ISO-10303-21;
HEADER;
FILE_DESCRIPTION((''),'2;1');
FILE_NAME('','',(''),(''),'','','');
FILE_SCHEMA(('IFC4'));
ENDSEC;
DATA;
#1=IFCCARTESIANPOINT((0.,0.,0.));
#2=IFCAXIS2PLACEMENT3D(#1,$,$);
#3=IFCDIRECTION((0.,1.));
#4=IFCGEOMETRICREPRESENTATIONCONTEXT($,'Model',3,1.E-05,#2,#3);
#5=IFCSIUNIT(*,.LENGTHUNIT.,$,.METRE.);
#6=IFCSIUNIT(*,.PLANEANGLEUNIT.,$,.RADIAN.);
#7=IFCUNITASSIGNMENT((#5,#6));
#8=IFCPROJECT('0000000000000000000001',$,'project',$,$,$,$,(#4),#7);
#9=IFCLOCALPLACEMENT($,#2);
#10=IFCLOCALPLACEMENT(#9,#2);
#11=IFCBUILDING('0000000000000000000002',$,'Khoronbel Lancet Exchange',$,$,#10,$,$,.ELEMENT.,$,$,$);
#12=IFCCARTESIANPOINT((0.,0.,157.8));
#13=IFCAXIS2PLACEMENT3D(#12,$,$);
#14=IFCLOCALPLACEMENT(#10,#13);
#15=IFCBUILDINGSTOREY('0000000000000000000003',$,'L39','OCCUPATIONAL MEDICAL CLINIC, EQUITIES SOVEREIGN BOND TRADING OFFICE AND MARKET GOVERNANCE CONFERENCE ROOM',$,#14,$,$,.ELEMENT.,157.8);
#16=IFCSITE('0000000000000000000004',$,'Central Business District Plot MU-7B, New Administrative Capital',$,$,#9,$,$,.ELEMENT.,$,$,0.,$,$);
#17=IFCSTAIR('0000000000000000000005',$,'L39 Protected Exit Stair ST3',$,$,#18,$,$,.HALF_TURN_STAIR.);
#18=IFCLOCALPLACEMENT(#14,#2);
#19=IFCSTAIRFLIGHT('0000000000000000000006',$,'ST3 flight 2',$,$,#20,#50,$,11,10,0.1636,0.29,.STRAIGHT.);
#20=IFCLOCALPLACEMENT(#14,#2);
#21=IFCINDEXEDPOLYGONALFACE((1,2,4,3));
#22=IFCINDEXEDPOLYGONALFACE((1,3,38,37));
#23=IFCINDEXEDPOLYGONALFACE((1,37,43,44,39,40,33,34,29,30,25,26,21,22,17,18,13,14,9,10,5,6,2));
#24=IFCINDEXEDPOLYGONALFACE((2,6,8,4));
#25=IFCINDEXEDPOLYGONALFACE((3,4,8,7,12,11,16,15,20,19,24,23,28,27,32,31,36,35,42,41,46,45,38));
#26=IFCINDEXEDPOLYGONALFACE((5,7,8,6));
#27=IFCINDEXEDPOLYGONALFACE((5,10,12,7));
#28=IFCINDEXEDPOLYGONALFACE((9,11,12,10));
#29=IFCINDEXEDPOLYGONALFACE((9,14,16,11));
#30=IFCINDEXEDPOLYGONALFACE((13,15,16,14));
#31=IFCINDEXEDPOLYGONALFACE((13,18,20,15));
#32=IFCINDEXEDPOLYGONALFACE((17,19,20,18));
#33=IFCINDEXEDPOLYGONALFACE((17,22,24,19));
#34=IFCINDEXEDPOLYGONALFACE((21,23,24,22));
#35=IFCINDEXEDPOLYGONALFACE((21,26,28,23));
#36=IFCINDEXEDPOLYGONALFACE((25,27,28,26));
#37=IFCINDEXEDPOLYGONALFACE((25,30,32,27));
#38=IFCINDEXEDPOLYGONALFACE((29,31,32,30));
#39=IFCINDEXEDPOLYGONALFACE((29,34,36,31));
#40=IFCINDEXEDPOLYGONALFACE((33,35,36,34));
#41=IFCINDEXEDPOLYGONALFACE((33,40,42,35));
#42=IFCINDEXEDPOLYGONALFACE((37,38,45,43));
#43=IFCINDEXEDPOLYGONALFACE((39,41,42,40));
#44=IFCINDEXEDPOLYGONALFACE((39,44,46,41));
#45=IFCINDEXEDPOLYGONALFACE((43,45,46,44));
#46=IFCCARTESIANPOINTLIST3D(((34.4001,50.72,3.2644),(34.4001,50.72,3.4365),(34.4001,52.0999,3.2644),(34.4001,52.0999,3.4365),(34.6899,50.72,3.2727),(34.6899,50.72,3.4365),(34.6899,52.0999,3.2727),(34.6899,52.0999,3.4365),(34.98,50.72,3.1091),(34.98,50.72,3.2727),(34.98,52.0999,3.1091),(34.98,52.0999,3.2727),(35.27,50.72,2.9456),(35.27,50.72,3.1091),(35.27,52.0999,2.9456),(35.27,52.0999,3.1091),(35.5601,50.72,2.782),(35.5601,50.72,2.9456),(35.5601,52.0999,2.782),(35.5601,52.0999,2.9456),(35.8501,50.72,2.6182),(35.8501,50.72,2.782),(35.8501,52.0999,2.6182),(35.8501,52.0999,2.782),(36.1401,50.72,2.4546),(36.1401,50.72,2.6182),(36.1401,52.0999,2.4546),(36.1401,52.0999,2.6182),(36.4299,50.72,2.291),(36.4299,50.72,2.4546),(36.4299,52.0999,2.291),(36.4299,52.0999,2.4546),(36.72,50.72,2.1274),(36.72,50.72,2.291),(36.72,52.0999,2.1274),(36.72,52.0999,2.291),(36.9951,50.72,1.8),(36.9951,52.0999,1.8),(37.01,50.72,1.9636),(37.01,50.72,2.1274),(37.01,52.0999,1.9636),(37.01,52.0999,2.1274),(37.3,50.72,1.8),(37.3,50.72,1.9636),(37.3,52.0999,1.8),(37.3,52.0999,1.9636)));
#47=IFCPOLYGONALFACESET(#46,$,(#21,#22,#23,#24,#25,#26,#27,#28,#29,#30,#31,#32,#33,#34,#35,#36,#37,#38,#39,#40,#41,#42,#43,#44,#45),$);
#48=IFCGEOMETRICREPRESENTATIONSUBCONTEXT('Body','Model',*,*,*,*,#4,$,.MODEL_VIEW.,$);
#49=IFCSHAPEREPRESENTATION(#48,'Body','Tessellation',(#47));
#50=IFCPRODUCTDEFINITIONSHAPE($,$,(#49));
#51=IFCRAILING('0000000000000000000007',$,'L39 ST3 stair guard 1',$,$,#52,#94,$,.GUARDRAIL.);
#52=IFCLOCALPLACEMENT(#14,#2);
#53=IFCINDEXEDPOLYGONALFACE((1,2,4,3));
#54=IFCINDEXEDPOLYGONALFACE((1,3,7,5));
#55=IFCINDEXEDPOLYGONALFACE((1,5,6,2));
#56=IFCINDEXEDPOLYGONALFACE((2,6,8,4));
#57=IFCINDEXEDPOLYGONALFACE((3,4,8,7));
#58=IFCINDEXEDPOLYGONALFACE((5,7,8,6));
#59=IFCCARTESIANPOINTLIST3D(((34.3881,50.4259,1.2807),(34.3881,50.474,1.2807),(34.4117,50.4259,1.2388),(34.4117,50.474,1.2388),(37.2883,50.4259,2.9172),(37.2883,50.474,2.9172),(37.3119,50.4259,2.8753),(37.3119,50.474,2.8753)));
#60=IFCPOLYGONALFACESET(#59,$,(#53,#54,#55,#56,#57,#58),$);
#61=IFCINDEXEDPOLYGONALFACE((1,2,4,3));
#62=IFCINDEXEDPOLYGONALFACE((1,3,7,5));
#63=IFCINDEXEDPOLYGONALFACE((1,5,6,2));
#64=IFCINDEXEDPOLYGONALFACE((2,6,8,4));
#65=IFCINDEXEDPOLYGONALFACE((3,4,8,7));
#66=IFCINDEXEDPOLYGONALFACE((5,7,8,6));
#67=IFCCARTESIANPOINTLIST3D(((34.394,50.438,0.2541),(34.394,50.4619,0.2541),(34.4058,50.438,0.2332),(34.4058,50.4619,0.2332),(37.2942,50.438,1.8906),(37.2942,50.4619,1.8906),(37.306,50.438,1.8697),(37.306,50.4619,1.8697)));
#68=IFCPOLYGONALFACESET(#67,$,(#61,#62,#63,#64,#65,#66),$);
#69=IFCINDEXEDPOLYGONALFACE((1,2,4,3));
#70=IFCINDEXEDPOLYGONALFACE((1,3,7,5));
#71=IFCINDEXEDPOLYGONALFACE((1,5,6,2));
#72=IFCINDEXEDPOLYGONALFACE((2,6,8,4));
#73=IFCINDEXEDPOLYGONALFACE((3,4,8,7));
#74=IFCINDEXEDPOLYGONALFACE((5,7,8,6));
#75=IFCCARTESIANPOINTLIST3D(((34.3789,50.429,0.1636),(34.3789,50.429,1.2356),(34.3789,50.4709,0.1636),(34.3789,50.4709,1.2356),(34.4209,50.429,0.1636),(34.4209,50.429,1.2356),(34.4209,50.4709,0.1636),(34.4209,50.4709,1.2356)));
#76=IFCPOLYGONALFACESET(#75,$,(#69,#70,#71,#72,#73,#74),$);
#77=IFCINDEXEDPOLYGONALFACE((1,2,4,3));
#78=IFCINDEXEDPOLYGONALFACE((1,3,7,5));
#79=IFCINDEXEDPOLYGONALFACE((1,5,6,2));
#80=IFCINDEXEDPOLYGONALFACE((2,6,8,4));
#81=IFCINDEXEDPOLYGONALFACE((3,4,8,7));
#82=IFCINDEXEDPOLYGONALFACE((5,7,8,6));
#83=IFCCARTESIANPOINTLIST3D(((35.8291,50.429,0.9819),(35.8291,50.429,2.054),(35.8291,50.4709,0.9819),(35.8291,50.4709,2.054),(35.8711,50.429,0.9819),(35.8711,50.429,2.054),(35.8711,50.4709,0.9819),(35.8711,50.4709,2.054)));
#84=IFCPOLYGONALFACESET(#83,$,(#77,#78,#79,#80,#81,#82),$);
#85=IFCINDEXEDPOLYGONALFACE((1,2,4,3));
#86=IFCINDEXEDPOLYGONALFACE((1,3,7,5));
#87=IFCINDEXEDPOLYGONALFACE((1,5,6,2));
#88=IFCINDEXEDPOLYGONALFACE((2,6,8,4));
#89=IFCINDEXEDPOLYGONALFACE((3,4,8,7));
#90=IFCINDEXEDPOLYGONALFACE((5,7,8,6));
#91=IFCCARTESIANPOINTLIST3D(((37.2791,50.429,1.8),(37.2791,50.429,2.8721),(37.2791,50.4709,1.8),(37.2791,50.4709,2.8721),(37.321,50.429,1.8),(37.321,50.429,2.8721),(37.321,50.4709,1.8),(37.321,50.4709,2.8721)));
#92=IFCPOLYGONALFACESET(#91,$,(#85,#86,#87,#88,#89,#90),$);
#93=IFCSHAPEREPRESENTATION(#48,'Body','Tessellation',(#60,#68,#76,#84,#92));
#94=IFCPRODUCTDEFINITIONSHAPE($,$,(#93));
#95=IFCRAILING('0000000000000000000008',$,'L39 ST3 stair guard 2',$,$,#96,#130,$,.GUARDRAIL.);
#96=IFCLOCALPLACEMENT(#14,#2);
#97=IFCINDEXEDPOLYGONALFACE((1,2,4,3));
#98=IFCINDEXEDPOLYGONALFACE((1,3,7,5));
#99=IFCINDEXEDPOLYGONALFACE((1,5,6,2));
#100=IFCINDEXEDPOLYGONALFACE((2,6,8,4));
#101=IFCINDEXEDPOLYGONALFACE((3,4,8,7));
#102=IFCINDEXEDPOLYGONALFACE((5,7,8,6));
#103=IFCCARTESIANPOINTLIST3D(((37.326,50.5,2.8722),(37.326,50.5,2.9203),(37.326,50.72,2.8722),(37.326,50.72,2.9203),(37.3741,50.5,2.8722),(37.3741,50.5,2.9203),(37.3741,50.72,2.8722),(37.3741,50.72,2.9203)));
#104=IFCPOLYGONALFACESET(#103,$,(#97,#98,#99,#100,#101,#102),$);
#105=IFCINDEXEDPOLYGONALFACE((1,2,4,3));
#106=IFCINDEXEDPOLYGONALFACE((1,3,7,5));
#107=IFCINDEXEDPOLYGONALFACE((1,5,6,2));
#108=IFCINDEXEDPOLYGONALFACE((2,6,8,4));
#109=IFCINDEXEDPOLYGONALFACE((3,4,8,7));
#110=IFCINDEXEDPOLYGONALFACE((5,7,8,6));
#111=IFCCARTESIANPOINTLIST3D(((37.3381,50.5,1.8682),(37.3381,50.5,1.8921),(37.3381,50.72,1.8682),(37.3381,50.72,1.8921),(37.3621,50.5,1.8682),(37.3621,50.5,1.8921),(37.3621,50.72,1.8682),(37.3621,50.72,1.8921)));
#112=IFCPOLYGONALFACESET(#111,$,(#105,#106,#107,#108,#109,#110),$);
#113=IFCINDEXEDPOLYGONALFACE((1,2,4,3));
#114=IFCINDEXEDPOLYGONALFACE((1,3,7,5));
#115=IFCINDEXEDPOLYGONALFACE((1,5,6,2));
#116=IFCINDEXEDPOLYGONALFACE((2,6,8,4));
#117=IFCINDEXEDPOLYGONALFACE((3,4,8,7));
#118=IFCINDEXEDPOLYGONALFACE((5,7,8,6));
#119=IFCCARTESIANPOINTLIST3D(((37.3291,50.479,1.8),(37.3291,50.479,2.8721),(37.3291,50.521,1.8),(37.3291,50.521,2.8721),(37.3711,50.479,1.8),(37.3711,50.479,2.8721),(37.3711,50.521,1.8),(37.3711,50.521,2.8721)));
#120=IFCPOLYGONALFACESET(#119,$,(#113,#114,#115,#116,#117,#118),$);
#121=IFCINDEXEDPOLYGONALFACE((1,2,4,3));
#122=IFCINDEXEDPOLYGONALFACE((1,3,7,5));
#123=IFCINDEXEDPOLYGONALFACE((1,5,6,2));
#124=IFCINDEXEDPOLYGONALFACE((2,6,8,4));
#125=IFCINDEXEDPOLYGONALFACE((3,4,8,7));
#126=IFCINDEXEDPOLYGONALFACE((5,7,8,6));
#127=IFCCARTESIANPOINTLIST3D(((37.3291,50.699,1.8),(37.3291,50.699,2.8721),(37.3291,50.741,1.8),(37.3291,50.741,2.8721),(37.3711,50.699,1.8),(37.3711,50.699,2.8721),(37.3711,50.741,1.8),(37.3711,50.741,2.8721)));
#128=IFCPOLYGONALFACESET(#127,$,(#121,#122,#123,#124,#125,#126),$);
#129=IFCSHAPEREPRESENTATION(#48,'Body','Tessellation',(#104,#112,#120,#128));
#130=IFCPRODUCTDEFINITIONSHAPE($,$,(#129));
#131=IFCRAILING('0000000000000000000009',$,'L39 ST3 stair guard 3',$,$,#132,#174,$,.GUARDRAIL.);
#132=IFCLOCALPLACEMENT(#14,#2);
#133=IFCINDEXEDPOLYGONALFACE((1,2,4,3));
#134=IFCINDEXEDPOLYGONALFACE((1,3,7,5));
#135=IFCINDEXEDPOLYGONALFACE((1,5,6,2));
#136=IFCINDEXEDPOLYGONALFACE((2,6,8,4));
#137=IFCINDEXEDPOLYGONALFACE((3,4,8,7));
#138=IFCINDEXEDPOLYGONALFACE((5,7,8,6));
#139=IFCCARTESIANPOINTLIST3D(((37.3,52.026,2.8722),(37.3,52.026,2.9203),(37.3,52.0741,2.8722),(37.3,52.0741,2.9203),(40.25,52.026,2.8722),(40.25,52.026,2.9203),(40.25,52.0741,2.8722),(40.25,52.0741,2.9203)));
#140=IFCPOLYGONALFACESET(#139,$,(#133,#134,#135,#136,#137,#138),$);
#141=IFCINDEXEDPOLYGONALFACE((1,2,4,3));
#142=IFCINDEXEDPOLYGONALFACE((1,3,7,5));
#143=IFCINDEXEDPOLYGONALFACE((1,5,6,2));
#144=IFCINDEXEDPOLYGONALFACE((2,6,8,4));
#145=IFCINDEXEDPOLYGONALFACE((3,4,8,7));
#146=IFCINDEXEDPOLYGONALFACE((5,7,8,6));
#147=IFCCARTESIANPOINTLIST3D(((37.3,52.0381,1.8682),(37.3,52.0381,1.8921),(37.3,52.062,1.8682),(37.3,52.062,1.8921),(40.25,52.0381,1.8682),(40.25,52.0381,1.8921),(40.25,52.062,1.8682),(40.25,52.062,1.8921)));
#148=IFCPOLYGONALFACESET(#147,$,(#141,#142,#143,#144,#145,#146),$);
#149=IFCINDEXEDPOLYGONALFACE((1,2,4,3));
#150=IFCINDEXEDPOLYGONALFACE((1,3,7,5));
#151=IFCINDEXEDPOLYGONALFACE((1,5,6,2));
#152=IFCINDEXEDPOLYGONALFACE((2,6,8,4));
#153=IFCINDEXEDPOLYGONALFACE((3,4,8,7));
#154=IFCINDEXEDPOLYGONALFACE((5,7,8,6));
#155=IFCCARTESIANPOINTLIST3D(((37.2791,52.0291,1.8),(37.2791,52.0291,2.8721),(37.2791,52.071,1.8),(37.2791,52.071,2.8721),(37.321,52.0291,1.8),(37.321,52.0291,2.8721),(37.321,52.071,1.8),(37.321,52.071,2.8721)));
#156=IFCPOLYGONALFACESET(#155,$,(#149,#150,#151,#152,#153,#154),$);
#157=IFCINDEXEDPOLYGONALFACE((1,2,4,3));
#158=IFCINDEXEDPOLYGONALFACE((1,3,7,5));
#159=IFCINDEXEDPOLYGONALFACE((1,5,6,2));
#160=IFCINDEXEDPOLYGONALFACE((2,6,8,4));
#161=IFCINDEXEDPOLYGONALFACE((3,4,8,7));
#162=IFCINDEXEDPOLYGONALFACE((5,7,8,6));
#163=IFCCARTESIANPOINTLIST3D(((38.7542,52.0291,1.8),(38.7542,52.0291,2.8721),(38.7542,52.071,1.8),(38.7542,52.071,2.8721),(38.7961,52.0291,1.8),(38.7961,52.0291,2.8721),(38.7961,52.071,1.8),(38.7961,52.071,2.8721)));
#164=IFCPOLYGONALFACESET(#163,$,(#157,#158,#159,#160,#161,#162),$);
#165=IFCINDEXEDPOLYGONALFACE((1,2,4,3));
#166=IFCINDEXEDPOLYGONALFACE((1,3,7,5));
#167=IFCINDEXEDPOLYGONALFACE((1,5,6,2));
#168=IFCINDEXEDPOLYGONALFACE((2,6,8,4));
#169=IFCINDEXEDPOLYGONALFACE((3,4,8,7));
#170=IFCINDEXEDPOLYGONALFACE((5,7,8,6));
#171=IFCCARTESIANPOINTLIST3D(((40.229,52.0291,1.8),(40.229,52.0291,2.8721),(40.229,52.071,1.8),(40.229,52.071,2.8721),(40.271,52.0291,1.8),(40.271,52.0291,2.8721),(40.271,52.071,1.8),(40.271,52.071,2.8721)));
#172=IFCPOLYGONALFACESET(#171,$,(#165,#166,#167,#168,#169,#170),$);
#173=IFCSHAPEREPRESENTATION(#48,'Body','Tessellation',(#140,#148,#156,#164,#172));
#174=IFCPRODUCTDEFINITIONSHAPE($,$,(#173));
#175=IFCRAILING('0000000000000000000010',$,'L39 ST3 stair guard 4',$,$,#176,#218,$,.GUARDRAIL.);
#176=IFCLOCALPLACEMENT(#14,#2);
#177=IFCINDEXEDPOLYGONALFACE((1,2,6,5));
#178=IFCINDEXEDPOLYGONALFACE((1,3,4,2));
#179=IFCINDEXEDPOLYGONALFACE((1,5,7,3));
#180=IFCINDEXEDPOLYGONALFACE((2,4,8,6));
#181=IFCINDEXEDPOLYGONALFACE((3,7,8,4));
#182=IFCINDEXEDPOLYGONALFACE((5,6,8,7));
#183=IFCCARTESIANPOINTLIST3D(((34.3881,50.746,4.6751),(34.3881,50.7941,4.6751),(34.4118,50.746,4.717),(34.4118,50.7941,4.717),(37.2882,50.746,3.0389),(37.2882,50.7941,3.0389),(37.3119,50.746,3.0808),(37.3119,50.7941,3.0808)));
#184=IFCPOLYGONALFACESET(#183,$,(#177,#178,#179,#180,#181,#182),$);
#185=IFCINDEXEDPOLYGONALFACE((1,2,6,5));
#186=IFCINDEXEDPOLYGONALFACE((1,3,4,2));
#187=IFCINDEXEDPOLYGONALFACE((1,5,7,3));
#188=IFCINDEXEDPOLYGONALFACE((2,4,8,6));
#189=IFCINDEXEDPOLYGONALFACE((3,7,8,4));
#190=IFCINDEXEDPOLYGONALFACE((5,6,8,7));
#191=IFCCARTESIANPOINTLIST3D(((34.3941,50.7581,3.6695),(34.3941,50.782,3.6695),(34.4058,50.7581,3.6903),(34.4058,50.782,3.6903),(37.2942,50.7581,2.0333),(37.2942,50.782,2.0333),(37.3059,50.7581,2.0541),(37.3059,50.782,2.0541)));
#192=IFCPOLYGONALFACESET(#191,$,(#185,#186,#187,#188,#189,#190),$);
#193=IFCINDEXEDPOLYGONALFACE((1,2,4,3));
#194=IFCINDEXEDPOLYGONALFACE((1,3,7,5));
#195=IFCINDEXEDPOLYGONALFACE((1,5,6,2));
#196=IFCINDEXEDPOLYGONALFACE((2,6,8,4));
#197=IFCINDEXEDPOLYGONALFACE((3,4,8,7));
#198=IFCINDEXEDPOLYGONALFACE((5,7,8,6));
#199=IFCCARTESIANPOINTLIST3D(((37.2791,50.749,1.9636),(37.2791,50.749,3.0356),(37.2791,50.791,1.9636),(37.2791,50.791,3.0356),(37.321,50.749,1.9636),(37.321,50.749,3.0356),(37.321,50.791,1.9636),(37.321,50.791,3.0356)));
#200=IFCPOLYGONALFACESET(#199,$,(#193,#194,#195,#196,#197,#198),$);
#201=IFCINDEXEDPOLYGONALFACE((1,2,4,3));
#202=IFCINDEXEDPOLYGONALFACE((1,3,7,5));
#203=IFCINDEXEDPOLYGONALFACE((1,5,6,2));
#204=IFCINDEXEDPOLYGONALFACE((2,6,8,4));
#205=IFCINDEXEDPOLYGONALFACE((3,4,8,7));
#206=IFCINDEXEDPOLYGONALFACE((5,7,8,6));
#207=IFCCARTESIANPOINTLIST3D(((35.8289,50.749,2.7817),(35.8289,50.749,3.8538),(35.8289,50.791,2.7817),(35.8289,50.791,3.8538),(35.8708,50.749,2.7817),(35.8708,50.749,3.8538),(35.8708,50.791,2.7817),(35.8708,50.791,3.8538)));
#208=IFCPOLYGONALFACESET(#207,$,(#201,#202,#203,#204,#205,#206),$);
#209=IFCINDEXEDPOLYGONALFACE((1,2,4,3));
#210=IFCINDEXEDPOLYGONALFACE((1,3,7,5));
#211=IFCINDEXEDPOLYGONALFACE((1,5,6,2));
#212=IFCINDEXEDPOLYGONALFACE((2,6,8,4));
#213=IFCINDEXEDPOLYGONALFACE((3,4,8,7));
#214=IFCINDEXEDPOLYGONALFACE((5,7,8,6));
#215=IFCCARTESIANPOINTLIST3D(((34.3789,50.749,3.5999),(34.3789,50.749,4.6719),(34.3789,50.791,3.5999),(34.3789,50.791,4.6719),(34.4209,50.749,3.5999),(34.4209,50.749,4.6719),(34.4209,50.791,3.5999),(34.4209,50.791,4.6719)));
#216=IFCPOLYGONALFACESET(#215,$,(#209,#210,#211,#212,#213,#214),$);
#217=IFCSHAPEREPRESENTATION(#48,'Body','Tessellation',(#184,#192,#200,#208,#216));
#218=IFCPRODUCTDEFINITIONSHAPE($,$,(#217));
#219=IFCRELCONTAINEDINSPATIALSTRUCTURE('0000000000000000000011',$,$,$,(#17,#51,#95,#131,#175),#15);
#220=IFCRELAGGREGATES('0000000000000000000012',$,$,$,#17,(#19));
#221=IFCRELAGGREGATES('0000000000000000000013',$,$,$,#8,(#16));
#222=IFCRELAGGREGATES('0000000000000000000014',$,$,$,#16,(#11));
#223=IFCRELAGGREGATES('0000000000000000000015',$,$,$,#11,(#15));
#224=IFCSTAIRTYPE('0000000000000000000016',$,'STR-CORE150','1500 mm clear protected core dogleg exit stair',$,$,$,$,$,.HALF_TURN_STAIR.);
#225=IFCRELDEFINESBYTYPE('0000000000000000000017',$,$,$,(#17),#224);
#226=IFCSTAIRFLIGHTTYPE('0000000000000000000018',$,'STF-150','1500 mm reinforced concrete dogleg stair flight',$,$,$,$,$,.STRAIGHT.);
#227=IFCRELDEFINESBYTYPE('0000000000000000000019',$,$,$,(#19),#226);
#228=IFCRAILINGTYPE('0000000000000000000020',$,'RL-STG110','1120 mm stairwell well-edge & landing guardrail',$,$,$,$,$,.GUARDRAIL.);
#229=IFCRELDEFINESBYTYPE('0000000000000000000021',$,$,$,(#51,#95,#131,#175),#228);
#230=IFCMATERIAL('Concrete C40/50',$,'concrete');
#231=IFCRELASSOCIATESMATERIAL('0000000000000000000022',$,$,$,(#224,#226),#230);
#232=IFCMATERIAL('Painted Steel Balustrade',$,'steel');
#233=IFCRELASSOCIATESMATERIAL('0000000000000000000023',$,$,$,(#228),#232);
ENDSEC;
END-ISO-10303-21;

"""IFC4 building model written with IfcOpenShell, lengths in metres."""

from ifc_helpers import new_model, si_unit, direction, frame, origin, origin_2d, place, context, subcontext, project, spatial, polyline, rectangle, outline, extrude, material, type_object, element, aggregate, save


model = new_model("IFC4")

# Units and contexts
model_context = context("Model", 3, precision=1e-05, world=origin(), true_north=direction((0.0, 1.0)))
body_context = subcontext(model_context, "Body", "Model", "MODEL_VIEW")
ifc_project = project(units=[si_unit("LENGTHUNIT", "METRE"), si_unit("PLANEANGLEUNIT", "RADIAN")], contexts=[model_context])

# Site, building, storey
site_placement = place(None, origin())
site = spatial("IfcSite", under=ifc_project, at=site_placement, Name="Central Business District Plot MU-7B, New Administrative Capital", CompositionType="ELEMENT", RefElevation=0.0)
building_placement = place(site_placement, origin())
building = spatial("IfcBuilding", under=site, at=building_placement, Name="Khoronbel Lancet Exchange", CompositionType="ELEMENT")
storey_placement = place(building_placement, frame((0.0, 0.0, 157.8)))
storey = spatial("IfcBuildingStorey", under=building, at=storey_placement, Name="L39", Description="OCCUPATIONAL MEDICAL CLINIC, EQUITIES SOVEREIGN BOND TRADING OFFICE AND MARKET GOVERNANCE CONFERENCE ROOM", CompositionType="ELEMENT", Elevation=157.8)

# Stair, stair flight
ifc_material_1 = material(Name="Concrete C40/50", Category="concrete")
stair_type = type_object("IfcStairType", Name="STR-CORE150", Description="1500 mm clear protected core dogleg exit stair", PredefinedType="HALF_TURN_STAIR", material=ifc_material_1)
stair_placement = place(storey_placement, origin())
stair = element("IfcStair", 1, at=stair_placement, inside=storey, type_object=stair_type, Name="L39 Protected Exit Stair ST3", PredefinedType="HALF_TURN_STAIR")
stair_flight_type = type_object("IfcStairFlightType", Name="STF-150", Description="1500 mm reinforced concrete dogleg stair flight", PredefinedType="STRAIGHT", material=ifc_material_1)
stair_flight_1_placement = place(storey_placement, frame((37.3, 51.4099, 1.8), z_axis=(0.0, 0.0, 1.0), x_axis=(-1.0, 0.0, 0.0)))
stair_flight_1 = element("IfcStairFlight", 2, at=stair_flight_1_placement, type_object=stair_flight_type, Name="ST3 flight 2", NumberOfRisers=11, NumberOfTreads=10, PredefinedType="STRAIGHT", RiserHeight=0.1636, TreadLength=0.29, context=body_context, shape_type="SweptSolid", body=[
    extrude(outline(polyline([(0.0, 0.0), (0.0, 0.1636), (0.29, 0.1636), (0.29, 0.3274), (0.5801, 0.3274), (0.5801, 0.491), (0.8701, 0.491), (0.8701, 0.6545), (1.1599, 0.6545), (1.1599, 0.8181), (1.45, 0.8181), (1.45, 0.9819), (1.74, 0.9819), (1.74, 1.1455), (2.03, 1.1455), (2.03, 1.3091), (2.3201, 1.3091), (2.3201, 1.4727), (2.6101, 1.4727), (2.6101, 1.6365), (2.8999, 1.6365), (2.8999, 1.8), (2.8999, 1.4644), (0.3049, 0.0), (0.0, 0.0)])), frame((0.0, 0.6899, 0.0), z_axis=(0.0, -1.0, 0.0), x_axis=(1.0, 0.0, 0.0)), (0.0, 0.0, 1.0), 1.3799),
])
aggregate(stair, [stair_flight_1])

# Railings
ifc_material_2 = material(Name="Painted Steel Balustrade", Category="steel")
railing_type_1 = type_object("IfcRailingType", Name="RL-STG110", Description="1120 mm stairwell well-edge & landing guardrail", PredefinedType="GUARDRAIL", material=ifc_material_2)
railing_1_placement = place(storey_placement, frame((34.3999, 50.45, 0.1636)))
element("IfcRailing", 3, at=railing_1_placement, inside=storey, type_object=railing_type_1, Name="L39 ST3 stair guard 1", PredefinedType="GUARDRAIL", context=body_context, shape_type="SweptSolid", body=[
    extrude(rectangle(XDim=0.0481, YDim=0.0481, at=origin_2d()), frame((0.0, 0.0, 1.0962), z_axis=(0.870915, 0.0, 0.491434), x_axis=(0.0, 1.0, 0.0)), (0.0, 0.0, 1.0), 3.3301),
    extrude(rectangle(XDim=0.0239, YDim=0.0239, at=origin_2d()), frame((0.0, 0.0, 0.0801), z_axis=(0.870915, 0.0, 0.491434), x_axis=(0.0, 1.0, 0.0)), (0.0, 0.0, 1.0), 3.3301),
    extrude(rectangle(XDim=0.042, YDim=0.042, at=origin_2d()), origin(), (0.0, 0.0, 1.0), 1.072),
    extrude(rectangle(XDim=0.042, YDim=0.042, at=origin_2d()), frame((1.4502, 0.0, 0.8184)), (0.0, 0.0, 1.0), 1.072),
    extrude(rectangle(XDim=0.042, YDim=0.042, at=origin_2d()), frame((2.9001, 0.0, 1.6365)), (0.0, 0.0, 1.0), 1.072),
])
railing_2_placement = place(storey_placement, frame((37.3501, 50.5, 1.8)))
element("IfcRailing", 4, at=railing_2_placement, inside=storey, type_object=railing_type_1, Name="L39 ST3 stair guard 2", PredefinedType="GUARDRAIL", context=body_context, shape_type="SweptSolid", body=[
    extrude(rectangle(XDim=0.0481, YDim=0.0481, at=origin_2d()), frame((0.0, 0.0, 1.0962), z_axis=(0.0, 1.0, 0.0), x_axis=(-1.0, 0.0, 0.0)), (0.0, 0.0, 1.0), 0.22),
    extrude(rectangle(XDim=0.0239, YDim=0.0239, at=origin_2d()), frame((0.0, 0.0, 0.0801), z_axis=(0.0, 1.0, 0.0), x_axis=(-1.0, 0.0, 0.0)), (0.0, 0.0, 1.0), 0.22),
    extrude(rectangle(XDim=0.042, YDim=0.042, at=origin_2d()), origin(), (0.0, 0.0, 1.0), 1.072),
    extrude(rectangle(XDim=0.042, YDim=0.042, at=origin_2d()), frame((0.0, 0.22, 0.0)), (0.0, 0.0, 1.0), 1.072),
])
railing_3_placement = place(storey_placement, frame((37.3, 52.05, 1.8)))
element("IfcRailing", 5, at=railing_3_placement, inside=storey, type_object=railing_type_1, Name="L39 ST3 stair guard 3", PredefinedType="GUARDRAIL", context=body_context, shape_type="SweptSolid", body=[
    extrude(rectangle(XDim=0.0481, YDim=0.0481, at=origin_2d()), frame((0.0, 0.0, 1.0962), z_axis=(1.0, 0.0, 0.0), x_axis=(0.0, 1.0, 0.0)), (0.0, 0.0, 1.0), 2.95),
    extrude(rectangle(XDim=0.0239, YDim=0.0239, at=origin_2d()), frame((0.0, 0.0, 0.0801), z_axis=(1.0, 0.0, 0.0), x_axis=(0.0, 1.0, 0.0)), (0.0, 0.0, 1.0), 2.95),
    extrude(rectangle(XDim=0.042, YDim=0.042, at=origin_2d()), origin(), (0.0, 0.0, 1.0), 1.072),
    extrude(rectangle(XDim=0.042, YDim=0.042, at=origin_2d()), frame((1.4751, 0.0, 0.0)), (0.0, 0.0, 1.0), 1.072),
    extrude(rectangle(XDim=0.042, YDim=0.042, at=origin_2d()), frame((2.95, 0.0, 0.0)), (0.0, 0.0, 1.0), 1.072),
])
railing_4_placement = place(storey_placement, frame((37.3, 50.77, 1.9636)))
element("IfcRailing", 6, at=railing_4_placement, inside=storey, type_object=railing_type_1, Name="L39 ST3 stair guard 4", PredefinedType="GUARDRAIL", context=body_context, shape_type="SweptSolid", body=[
    extrude(rectangle(XDim=0.0481, YDim=0.0481, at=origin_2d()), frame((0.0, 0.0, 1.0962), z_axis=(-0.870946, 0.0, 0.491378), x_axis=(0.0, -1.0, 0.0)), (0.0, 0.0, 1.0), 3.3298),
    extrude(rectangle(XDim=0.0239, YDim=0.0239, at=origin_2d()), frame((0.0, 0.0, 0.0801), z_axis=(-0.870946, 0.0, 0.491378), x_axis=(0.0, -1.0, 0.0)), (0.0, 0.0, 1.0), 3.3298),
    extrude(rectangle(XDim=0.042, YDim=0.042, at=origin_2d()), origin(), (0.0, 0.0, 1.0), 1.072),
    extrude(rectangle(XDim=0.042, YDim=0.042, at=origin_2d()), frame((-1.4502, 0.0, 0.8181)), (0.0, 0.0, 1.0), 1.072),
    extrude(rectangle(XDim=0.042, YDim=0.042, at=origin_2d()), frame((-2.9001, 0.0, 1.6362)), (0.0, 0.0, 1.0), 1.072),
])

save(model, "model.ifc")
